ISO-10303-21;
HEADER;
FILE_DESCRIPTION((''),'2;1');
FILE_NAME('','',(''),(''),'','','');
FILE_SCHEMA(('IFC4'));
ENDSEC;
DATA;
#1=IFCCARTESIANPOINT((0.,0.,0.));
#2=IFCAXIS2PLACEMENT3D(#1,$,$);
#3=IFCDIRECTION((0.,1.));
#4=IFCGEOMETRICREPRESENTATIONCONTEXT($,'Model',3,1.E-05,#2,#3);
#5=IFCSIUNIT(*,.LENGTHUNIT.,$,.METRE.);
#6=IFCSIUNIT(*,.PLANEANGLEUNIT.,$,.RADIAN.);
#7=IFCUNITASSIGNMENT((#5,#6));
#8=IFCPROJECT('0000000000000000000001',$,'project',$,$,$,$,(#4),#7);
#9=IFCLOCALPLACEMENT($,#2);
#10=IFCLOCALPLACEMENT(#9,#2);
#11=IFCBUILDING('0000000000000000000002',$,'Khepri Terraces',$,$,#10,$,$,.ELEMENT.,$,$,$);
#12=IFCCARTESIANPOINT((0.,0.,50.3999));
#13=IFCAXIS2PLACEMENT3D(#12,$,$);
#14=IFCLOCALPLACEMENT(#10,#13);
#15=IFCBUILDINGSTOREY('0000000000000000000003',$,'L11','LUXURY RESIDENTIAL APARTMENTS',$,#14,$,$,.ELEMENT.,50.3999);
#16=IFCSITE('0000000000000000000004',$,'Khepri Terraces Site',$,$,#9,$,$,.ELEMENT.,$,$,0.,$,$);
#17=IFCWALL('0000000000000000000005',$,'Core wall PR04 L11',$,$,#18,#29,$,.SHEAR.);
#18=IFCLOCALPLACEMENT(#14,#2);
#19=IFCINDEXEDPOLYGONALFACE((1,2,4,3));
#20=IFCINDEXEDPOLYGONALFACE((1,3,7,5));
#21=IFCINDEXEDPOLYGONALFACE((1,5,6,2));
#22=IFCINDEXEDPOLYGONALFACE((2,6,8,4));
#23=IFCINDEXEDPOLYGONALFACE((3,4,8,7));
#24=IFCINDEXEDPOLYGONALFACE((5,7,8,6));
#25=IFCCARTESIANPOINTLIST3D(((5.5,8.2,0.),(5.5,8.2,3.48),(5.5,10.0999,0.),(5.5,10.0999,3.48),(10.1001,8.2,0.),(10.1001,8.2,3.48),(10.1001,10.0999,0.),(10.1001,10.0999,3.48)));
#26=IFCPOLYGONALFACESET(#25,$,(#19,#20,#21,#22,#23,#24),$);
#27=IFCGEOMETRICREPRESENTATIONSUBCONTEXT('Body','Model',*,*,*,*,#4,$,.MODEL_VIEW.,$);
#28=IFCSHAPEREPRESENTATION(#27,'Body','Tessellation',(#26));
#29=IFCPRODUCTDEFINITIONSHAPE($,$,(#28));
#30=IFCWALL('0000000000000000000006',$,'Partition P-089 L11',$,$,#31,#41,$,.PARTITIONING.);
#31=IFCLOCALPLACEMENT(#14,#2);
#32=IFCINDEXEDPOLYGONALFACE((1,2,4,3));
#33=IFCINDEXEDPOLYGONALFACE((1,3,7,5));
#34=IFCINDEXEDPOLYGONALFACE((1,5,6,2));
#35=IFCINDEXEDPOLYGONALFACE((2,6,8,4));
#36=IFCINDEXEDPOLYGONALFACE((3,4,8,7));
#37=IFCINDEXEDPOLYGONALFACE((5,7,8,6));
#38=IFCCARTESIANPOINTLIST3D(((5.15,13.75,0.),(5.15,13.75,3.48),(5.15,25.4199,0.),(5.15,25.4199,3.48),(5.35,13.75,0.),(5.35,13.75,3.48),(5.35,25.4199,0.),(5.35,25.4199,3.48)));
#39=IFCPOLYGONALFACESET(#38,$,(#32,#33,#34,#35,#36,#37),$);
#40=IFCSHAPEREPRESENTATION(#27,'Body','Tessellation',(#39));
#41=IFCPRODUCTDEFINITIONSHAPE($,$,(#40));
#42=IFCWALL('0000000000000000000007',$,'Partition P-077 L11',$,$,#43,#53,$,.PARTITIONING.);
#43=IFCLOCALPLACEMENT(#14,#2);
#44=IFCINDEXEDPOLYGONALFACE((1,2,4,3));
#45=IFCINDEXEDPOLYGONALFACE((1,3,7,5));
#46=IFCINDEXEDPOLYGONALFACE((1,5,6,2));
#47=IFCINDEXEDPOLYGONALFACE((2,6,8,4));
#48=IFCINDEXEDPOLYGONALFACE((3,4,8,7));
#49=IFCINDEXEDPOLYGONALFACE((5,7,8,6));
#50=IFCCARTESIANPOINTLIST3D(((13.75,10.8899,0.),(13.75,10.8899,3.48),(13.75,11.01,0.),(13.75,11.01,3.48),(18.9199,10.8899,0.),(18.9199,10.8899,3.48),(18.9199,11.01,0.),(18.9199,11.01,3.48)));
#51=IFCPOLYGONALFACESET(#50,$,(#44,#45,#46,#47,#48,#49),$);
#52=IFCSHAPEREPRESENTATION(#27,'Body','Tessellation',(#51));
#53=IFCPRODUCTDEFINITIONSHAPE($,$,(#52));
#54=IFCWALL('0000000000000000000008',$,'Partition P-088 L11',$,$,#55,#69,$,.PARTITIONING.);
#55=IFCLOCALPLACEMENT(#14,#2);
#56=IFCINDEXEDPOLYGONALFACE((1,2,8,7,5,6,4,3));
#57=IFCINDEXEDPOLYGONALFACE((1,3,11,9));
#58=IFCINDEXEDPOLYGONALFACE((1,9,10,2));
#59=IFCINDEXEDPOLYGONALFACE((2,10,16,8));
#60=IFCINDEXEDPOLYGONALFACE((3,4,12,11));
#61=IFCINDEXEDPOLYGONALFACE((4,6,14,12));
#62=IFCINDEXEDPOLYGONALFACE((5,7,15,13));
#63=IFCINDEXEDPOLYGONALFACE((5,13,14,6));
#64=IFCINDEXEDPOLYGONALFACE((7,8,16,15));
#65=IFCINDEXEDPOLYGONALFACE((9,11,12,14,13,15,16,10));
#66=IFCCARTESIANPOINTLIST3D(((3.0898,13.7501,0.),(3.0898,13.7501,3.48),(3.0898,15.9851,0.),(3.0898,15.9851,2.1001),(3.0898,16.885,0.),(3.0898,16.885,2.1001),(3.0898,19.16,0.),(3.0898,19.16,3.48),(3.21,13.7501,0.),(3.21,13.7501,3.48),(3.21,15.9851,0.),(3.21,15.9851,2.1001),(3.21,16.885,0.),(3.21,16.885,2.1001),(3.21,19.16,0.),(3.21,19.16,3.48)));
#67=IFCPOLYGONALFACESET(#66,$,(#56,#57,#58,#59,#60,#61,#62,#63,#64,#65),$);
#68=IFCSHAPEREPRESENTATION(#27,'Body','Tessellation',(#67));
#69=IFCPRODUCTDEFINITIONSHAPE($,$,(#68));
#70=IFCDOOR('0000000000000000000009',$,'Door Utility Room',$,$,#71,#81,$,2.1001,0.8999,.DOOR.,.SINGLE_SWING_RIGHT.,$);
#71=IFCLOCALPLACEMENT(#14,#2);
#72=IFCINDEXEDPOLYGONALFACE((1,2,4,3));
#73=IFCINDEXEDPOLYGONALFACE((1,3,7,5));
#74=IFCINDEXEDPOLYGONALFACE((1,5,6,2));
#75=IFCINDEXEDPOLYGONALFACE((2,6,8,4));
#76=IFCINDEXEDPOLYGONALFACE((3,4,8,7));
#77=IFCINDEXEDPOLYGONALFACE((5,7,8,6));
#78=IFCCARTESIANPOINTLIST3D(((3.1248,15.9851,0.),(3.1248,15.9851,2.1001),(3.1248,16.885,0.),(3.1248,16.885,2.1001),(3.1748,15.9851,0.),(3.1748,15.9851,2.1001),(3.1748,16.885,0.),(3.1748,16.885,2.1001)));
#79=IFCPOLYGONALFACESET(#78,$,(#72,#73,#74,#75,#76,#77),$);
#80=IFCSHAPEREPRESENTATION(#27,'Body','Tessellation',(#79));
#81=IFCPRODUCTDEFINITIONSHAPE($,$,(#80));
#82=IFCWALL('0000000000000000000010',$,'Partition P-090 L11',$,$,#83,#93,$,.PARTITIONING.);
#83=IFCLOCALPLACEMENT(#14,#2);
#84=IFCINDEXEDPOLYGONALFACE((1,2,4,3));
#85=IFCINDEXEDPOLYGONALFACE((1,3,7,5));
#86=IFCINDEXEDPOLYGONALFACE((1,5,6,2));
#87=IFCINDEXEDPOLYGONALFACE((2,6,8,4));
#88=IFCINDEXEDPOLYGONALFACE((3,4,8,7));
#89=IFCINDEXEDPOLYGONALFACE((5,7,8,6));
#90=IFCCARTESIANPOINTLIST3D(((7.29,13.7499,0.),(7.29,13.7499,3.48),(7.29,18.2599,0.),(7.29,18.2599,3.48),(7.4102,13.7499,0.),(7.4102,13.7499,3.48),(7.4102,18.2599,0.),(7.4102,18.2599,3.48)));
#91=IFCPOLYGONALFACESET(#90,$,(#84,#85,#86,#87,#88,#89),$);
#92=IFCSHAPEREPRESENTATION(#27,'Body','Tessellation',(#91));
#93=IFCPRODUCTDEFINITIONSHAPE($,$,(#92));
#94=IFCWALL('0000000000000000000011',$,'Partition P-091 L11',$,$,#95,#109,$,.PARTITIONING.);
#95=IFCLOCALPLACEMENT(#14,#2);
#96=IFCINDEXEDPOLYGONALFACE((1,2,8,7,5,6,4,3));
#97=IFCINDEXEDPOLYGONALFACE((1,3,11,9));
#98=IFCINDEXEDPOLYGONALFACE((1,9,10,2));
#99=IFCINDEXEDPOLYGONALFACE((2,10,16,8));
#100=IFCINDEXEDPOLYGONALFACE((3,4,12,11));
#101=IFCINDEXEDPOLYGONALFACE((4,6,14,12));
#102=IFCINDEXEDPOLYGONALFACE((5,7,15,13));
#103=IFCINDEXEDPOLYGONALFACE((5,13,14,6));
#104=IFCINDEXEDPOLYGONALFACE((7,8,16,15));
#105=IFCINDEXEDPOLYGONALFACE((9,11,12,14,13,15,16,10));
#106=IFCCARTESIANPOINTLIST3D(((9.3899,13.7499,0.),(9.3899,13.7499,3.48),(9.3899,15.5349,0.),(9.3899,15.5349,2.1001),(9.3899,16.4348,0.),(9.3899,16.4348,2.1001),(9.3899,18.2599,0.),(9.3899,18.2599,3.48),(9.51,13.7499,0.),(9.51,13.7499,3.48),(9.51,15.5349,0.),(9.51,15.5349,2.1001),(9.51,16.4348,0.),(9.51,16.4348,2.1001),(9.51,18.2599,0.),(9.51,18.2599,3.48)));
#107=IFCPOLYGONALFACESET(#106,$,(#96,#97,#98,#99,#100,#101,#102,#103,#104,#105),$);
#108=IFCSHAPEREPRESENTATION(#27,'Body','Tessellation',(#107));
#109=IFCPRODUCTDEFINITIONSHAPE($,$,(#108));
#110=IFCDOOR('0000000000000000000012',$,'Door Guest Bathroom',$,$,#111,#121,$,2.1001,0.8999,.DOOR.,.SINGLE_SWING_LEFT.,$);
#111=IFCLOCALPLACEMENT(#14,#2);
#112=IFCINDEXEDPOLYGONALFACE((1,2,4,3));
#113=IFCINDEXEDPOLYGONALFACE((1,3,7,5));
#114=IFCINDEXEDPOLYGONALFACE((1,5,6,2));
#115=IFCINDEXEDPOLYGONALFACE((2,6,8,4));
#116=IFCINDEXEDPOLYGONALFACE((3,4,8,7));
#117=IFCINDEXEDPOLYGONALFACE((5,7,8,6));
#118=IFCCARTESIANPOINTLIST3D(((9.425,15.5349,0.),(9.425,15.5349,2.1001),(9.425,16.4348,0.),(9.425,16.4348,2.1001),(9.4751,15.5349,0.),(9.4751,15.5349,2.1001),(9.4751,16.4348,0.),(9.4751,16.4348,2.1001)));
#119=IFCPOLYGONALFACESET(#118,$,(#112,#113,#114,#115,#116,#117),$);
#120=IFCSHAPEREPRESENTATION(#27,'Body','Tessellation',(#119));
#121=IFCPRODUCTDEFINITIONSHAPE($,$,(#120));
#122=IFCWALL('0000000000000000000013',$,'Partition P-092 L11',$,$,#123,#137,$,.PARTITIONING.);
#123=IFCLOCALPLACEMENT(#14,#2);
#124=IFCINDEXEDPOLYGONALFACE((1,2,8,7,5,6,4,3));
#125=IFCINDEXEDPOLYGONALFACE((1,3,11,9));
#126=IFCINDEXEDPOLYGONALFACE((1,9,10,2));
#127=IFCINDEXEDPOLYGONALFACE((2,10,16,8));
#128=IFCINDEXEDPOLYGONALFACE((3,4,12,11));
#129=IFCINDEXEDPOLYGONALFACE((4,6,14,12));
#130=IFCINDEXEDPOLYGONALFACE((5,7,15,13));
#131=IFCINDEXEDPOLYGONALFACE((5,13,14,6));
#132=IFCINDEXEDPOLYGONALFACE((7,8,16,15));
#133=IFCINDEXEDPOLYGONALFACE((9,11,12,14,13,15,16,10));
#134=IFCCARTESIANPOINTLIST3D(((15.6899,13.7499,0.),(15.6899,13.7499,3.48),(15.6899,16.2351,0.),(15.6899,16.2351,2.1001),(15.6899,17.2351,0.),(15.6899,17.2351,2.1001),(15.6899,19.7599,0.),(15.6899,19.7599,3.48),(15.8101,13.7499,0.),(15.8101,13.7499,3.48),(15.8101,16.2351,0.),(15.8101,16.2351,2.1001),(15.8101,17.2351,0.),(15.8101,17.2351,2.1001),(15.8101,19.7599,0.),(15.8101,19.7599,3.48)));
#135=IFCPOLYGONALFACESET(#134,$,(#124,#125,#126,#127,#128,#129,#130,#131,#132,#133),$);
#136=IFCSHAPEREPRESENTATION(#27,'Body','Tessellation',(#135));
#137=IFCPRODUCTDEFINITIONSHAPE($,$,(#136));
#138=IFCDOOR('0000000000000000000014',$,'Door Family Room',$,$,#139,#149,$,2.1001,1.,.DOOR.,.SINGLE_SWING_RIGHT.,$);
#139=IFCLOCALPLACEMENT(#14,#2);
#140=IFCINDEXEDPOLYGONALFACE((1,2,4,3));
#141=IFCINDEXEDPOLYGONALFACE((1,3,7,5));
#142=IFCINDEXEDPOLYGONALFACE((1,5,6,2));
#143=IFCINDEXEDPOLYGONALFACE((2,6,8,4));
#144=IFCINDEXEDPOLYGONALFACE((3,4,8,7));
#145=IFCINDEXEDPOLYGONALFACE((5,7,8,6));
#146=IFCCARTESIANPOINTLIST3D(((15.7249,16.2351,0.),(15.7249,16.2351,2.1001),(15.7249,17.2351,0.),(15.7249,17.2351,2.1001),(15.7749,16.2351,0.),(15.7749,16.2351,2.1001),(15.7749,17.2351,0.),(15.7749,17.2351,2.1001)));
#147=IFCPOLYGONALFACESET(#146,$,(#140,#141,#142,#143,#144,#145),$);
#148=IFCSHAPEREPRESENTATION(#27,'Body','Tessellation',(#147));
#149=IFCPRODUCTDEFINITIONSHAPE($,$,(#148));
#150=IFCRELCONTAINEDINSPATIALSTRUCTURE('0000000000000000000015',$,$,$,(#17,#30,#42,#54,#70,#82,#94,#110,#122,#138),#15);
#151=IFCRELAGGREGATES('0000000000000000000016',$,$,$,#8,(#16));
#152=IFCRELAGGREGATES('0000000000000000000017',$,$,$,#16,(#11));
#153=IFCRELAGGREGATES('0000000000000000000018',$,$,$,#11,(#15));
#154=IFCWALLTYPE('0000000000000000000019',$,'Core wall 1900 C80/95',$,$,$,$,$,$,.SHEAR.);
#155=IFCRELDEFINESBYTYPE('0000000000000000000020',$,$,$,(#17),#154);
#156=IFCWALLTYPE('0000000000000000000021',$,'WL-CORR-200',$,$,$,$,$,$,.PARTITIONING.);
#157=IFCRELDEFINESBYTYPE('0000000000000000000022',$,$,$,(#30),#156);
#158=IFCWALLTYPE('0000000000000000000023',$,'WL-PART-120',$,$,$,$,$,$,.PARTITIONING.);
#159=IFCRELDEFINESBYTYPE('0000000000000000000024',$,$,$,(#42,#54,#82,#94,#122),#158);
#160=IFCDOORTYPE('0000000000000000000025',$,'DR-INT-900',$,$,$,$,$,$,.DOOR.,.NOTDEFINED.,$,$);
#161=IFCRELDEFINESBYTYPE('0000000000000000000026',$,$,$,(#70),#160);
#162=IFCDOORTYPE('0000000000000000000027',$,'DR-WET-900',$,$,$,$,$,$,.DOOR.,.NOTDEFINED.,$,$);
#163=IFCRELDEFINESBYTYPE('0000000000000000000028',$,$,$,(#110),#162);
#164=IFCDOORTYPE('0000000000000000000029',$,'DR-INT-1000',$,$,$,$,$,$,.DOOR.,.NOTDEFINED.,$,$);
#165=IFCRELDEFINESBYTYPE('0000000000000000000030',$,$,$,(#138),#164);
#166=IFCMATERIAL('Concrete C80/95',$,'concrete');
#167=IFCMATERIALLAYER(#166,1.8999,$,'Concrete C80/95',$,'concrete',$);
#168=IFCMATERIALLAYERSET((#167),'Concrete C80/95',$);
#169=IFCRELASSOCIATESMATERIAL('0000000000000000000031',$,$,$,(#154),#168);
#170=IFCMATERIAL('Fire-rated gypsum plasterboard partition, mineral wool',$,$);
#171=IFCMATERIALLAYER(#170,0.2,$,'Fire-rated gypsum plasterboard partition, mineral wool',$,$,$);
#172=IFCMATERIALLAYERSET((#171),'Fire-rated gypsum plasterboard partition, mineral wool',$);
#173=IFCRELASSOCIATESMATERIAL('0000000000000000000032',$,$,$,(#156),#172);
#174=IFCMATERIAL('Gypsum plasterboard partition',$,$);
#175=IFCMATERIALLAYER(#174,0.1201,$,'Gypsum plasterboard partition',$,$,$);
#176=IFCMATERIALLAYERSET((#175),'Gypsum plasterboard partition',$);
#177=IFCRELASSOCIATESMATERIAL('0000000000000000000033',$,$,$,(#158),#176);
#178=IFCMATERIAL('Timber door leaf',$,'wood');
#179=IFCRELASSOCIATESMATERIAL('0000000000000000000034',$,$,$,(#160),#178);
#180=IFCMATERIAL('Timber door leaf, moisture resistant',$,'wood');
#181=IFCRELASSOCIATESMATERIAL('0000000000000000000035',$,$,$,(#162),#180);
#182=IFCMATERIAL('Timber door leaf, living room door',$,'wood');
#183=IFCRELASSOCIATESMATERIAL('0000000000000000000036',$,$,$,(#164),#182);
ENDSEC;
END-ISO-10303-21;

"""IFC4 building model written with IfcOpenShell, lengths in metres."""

from ifc_helpers import new_model, si_unit, direction, frame, frame_2d, origin, place, context, subcontext, project, spatial, rectangle, extrude, material, layer, layer_set, type_object, element, fill, save


model = new_model("IFC4")

# Units and contexts
model_context = context("Model", 3, precision=1e-05, world=origin(), true_north=direction((0.0, 1.0)))
body_context = subcontext(model_context, "Body", "Model", "MODEL_VIEW")
ifc_project = project(units=[si_unit("LENGTHUNIT", "METRE"), si_unit("PLANEANGLEUNIT", "RADIAN")], contexts=[model_context])

# Site, building, storey
site_placement = place(None, origin())
site = spatial("IfcSite", under=ifc_project, at=site_placement, Name="Khepri Terraces Site", CompositionType="ELEMENT", RefElevation=0.0)
building_placement = place(site_placement, origin())
building = spatial("IfcBuilding", under=site, at=building_placement, Name="Khepri Terraces", CompositionType="ELEMENT")
storey_placement = place(building_placement, frame((0.0, 0.0, 50.3999)))
storey = spatial("IfcBuildingStorey", under=building, at=storey_placement, Name="L11", Description="LUXURY RESIDENTIAL APARTMENTS", CompositionType="ELEMENT", Elevation=50.3999)

# Walls
ifc_material_1 = material(Name="Concrete C80/95", Category="concrete")
ifc_layer_1 = layer(ifc_material_1, 1.8999, Name="Concrete C80/95", Category="concrete")
ifc_layer_set_1 = layer_set([ifc_layer_1], Name="Concrete C80/95")
wall_type_1 = type_object("IfcWallType", Name="Core wall 1900 C80/95", PredefinedType="SHEAR", material=ifc_layer_set_1)
wall_1_placement = place(storey_placement, frame((5.5, 9.1499, 0.0), z_axis=(0.0, 0.0, 1.0), x_axis=(1.0, 0.0, 0.0)))
element("IfcWall", 1, at=wall_1_placement, inside=storey, type_object=wall_type_1, Name="Core wall PR04 L11", PredefinedType="SHEAR", context=body_context, shape_type="SweptSolid", body=[
    extrude(rectangle(XDim=4.6001, YDim=1.8999, at=frame_2d((2.3, 0.0))), origin(), (0.0, 0.0, 1.0), 3.48),
])
ifc_material_2 = material(Name="Fire-rated gypsum plasterboard partition, mineral wool")
ifc_layer_2 = layer(ifc_material_2, 0.2, Name="Fire-rated gypsum plasterboard partition, mineral wool")
ifc_layer_set_2 = layer_set([ifc_layer_2], Name="Fire-rated gypsum plasterboard partition, mineral wool")
wall_type_2 = type_object("IfcWallType", Name="WL-CORR-200", PredefinedType="PARTITIONING", material=ifc_layer_set_2)
wall_2_placement = place(storey_placement, frame((5.25, 13.75, 0.0), z_axis=(0.0, 0.0, 1.0), x_axis=(0.0, 1.0, 0.0)))
element("IfcWall", 2, at=wall_2_placement, inside=storey, type_object=wall_type_2, Name="Partition P-089 L11", PredefinedType="PARTITIONING", context=body_context, shape_type="SweptSolid", body=[
    extrude(rectangle(XDim=11.6699, YDim=0.2, at=frame_2d((5.835, 0.0))), origin(), (0.0, 0.0, 1.0), 3.48),
])
ifc_material_3 = material(Name="Gypsum plasterboard partition")
ifc_layer_3 = layer(ifc_material_3, 0.1201, Name="Gypsum plasterboard partition")
ifc_layer_set_3 = layer_set([ifc_layer_3], Name="Gypsum plasterboard partition")
wall_type_3 = type_object("IfcWallType", Name="WL-PART-120", PredefinedType="PARTITIONING", material=ifc_layer_set_3)
wall_3_placement = place(storey_placement, frame((13.75, 10.95, 0.0), z_axis=(0.0, 0.0, 1.0), x_axis=(1.0, 0.0, 0.0)))
element("IfcWall", 3, at=wall_3_placement, inside=storey, type_object=wall_type_3, Name="Partition P-077 L11", PredefinedType="PARTITIONING", context=body_context, shape_type="SweptSolid", body=[
    extrude(rectangle(XDim=5.1699, YDim=0.1201, at=frame_2d((2.585, 0.0))), origin(), (0.0, 0.0, 1.0), 3.48),
])

# Wall, opening, door
wall_4_placement = place(storey_placement, frame((3.1499, 13.75, 0.0), z_axis=(0.0, 0.0, 1.0), x_axis=(0.0, 1.0, 0.0)))
wall_4 = element("IfcWall", 4, at=wall_4_placement, inside=storey, type_object=wall_type_3, Name="Partition P-088 L11", PredefinedType="PARTITIONING", context=body_context, shape_type="SweptSolid", body=[
    extrude(rectangle(XDim=5.4099, YDim=0.1201, at=frame_2d((2.7051, 0.0))), origin(), (0.0, 0.0, 1.0), 3.48),
])
opening_1_placement = place(wall_4_placement, frame((2.2351, 0.0, 0.0)))
opening_1 = element("IfcOpeningElement", 5, at=opening_1_placement, cuts=wall_4, PredefinedType="OPENING", context=body_context, shape_type="SweptSolid", body=[
    extrude(rectangle(XDim=0.8999, YDim=2.1001, at=frame_2d((0.45, 1.05))), frame((0.0, 0.0701, 0.0), z_axis=(0.0, -1.0, 0.0), x_axis=(1.0, 0.0, 0.0)), (0.0, 0.0, 1.0), 0.1401),
])
ifc_material_4 = material(Name="Timber door leaf", Category="wood")
door_type_1 = type_object("IfcDoorType", Name="DR-INT-900", OperationType="NOTDEFINED", PredefinedType="DOOR", material=ifc_material_4)
door_1_placement = place(opening_1_placement, frame((0.8999, 0.0, 0.0), z_axis=(0.0, 0.0, 1.0), x_axis=(-1.0, 0.0, 0.0)))
door_1 = element("IfcDoor", 6, at=door_1_placement, inside=storey, type_object=door_type_1, Name="Door Utility Room", OperationType="SINGLE_SWING_RIGHT", OverallHeight=2.1001, OverallWidth=0.8999, PredefinedType="DOOR", context=body_context, shape_type="SweptSolid", body=[
    extrude(rectangle(XDim=0.8999, YDim=2.1001, at=frame_2d((0.45, 1.05))), frame((0.0, 0.0249, 0.0), z_axis=(0.0, -1.0, 0.0), x_axis=(1.0, 0.0, 0.0)), (0.0, 0.0, 1.0), 0.05),
])
fill(opening_1, door_1)

# Wall
wall_5_placement = place(storey_placement, frame((7.3501, 13.75, 0.0), z_axis=(0.0, 0.0, 1.0), x_axis=(0.0, 1.0, 0.0)))
element("IfcWall", 7, at=wall_5_placement, inside=storey, type_object=wall_type_3, Name="Partition P-090 L11", PredefinedType="PARTITIONING", context=body_context, shape_type="SweptSolid", body=[
    extrude(rectangle(XDim=4.51, YDim=0.1201, at=frame_2d((2.2549, 0.0))), origin(), (0.0, 0.0, 1.0), 3.48),
])

# Walls, openings, doors
wall_6_placement = place(storey_placement, frame((9.45, 13.75, 0.0), z_axis=(0.0, 0.0, 1.0), x_axis=(0.0, 1.0, 0.0)))
wall_6 = element("IfcWall", 8, at=wall_6_placement, inside=storey, type_object=wall_type_3, Name="Partition P-091 L11", PredefinedType="PARTITIONING", context=body_context, shape_type="SweptSolid", body=[
    extrude(rectangle(XDim=4.51, YDim=0.1201, at=frame_2d((2.2549, 0.0))), origin(), (0.0, 0.0, 1.0), 3.48),
])
opening_2_placement = place(wall_6_placement, frame((1.7849, 0.0, 0.0)))
opening_2 = element("IfcOpeningElement", 9, at=opening_2_placement, cuts=wall_6, PredefinedType="OPENING", context=body_context, shape_type="SweptSolid", body=[
    extrude(rectangle(XDim=0.8999, YDim=2.1001, at=frame_2d((0.45, 1.05))), frame((0.0, 0.0701, 0.0), z_axis=(0.0, -1.0, 0.0), x_axis=(1.0, 0.0, 0.0)), (0.0, 0.0, 1.0), 0.1401),
])
ifc_material_5 = material(Name="Timber door leaf, moisture resistant", Category="wood")
door_type_2 = type_object("IfcDoorType", Name="DR-WET-900", OperationType="NOTDEFINED", PredefinedType="DOOR", material=ifc_material_5)
door_2_placement = place(opening_2_placement, origin())
door_2 = element("IfcDoor", 10, at=door_2_placement, inside=storey, type_object=door_type_2, Name="Door Guest Bathroom", OperationType="SINGLE_SWING_LEFT", OverallHeight=2.1001, OverallWidth=0.8999, PredefinedType="DOOR", context=body_context, shape_type="SweptSolid", body=[
    extrude(rectangle(XDim=0.8999, YDim=2.1001, at=frame_2d((0.45, 1.05))), frame((0.0, 0.0249, 0.0), z_axis=(0.0, -1.0, 0.0), x_axis=(1.0, 0.0, 0.0)), (0.0, 0.0, 1.0), 0.05),
])
fill(opening_2, door_2)
wall_7_placement = place(storey_placement, frame((15.75, 13.75, 0.0), z_axis=(0.0, 0.0, 1.0), x_axis=(0.0, 1.0, 0.0)))
wall_7 = element("IfcWall", 11, at=wall_7_placement, inside=storey, type_object=wall_type_3, Name="Partition P-092 L11", PredefinedType="PARTITIONING", context=body_context, shape_type="SweptSolid", body=[
    extrude(rectangle(XDim=6.01, YDim=0.1201, at=frame_2d((3.0049, 0.0))), origin(), (0.0, 0.0, 1.0), 3.48),
])
opening_3_placement = place(wall_7_placement, frame((2.4851, 0.0, 0.0)))
opening_3 = element("IfcOpeningElement", 12, at=opening_3_placement, cuts=wall_7, PredefinedType="OPENING", context=body_context, shape_type="SweptSolid", body=[
    extrude(rectangle(XDim=1.0, YDim=2.1001, at=frame_2d((0.5, 1.05))), frame((0.0, 0.0701, 0.0), z_axis=(0.0, -1.0, 0.0), x_axis=(1.0, 0.0, 0.0)), (0.0, 0.0, 1.0), 0.1401),
])
ifc_material_6 = material(Name="Timber door leaf, living room door", Category="wood")
door_type_3 = type_object("IfcDoorType", Name="DR-INT-1000", OperationType="NOTDEFINED", PredefinedType="DOOR", material=ifc_material_6)
door_3_placement = place(opening_3_placement, frame((1.0, 0.0, 0.0), z_axis=(0.0, 0.0, 1.0), x_axis=(-1.0, 0.0, 0.0)))
door_3 = element("IfcDoor", 13, at=door_3_placement, inside=storey, type_object=door_type_3, Name="Door Family Room", OperationType="SINGLE_SWING_RIGHT", OverallHeight=2.1001, OverallWidth=1.0, PredefinedType="DOOR", context=body_context, shape_type="SweptSolid", body=[
    extrude(rectangle(XDim=1.0, YDim=2.1001, at=frame_2d((0.5, 1.05))), frame((0.0, 0.0249, 0.0), z_axis=(0.0, -1.0, 0.0), x_axis=(1.0, 0.0, 0.0)), (0.0, 0.0, 1.0), 0.05),
])
fill(opening_3, door_3)

save(model, "model.ifc")
